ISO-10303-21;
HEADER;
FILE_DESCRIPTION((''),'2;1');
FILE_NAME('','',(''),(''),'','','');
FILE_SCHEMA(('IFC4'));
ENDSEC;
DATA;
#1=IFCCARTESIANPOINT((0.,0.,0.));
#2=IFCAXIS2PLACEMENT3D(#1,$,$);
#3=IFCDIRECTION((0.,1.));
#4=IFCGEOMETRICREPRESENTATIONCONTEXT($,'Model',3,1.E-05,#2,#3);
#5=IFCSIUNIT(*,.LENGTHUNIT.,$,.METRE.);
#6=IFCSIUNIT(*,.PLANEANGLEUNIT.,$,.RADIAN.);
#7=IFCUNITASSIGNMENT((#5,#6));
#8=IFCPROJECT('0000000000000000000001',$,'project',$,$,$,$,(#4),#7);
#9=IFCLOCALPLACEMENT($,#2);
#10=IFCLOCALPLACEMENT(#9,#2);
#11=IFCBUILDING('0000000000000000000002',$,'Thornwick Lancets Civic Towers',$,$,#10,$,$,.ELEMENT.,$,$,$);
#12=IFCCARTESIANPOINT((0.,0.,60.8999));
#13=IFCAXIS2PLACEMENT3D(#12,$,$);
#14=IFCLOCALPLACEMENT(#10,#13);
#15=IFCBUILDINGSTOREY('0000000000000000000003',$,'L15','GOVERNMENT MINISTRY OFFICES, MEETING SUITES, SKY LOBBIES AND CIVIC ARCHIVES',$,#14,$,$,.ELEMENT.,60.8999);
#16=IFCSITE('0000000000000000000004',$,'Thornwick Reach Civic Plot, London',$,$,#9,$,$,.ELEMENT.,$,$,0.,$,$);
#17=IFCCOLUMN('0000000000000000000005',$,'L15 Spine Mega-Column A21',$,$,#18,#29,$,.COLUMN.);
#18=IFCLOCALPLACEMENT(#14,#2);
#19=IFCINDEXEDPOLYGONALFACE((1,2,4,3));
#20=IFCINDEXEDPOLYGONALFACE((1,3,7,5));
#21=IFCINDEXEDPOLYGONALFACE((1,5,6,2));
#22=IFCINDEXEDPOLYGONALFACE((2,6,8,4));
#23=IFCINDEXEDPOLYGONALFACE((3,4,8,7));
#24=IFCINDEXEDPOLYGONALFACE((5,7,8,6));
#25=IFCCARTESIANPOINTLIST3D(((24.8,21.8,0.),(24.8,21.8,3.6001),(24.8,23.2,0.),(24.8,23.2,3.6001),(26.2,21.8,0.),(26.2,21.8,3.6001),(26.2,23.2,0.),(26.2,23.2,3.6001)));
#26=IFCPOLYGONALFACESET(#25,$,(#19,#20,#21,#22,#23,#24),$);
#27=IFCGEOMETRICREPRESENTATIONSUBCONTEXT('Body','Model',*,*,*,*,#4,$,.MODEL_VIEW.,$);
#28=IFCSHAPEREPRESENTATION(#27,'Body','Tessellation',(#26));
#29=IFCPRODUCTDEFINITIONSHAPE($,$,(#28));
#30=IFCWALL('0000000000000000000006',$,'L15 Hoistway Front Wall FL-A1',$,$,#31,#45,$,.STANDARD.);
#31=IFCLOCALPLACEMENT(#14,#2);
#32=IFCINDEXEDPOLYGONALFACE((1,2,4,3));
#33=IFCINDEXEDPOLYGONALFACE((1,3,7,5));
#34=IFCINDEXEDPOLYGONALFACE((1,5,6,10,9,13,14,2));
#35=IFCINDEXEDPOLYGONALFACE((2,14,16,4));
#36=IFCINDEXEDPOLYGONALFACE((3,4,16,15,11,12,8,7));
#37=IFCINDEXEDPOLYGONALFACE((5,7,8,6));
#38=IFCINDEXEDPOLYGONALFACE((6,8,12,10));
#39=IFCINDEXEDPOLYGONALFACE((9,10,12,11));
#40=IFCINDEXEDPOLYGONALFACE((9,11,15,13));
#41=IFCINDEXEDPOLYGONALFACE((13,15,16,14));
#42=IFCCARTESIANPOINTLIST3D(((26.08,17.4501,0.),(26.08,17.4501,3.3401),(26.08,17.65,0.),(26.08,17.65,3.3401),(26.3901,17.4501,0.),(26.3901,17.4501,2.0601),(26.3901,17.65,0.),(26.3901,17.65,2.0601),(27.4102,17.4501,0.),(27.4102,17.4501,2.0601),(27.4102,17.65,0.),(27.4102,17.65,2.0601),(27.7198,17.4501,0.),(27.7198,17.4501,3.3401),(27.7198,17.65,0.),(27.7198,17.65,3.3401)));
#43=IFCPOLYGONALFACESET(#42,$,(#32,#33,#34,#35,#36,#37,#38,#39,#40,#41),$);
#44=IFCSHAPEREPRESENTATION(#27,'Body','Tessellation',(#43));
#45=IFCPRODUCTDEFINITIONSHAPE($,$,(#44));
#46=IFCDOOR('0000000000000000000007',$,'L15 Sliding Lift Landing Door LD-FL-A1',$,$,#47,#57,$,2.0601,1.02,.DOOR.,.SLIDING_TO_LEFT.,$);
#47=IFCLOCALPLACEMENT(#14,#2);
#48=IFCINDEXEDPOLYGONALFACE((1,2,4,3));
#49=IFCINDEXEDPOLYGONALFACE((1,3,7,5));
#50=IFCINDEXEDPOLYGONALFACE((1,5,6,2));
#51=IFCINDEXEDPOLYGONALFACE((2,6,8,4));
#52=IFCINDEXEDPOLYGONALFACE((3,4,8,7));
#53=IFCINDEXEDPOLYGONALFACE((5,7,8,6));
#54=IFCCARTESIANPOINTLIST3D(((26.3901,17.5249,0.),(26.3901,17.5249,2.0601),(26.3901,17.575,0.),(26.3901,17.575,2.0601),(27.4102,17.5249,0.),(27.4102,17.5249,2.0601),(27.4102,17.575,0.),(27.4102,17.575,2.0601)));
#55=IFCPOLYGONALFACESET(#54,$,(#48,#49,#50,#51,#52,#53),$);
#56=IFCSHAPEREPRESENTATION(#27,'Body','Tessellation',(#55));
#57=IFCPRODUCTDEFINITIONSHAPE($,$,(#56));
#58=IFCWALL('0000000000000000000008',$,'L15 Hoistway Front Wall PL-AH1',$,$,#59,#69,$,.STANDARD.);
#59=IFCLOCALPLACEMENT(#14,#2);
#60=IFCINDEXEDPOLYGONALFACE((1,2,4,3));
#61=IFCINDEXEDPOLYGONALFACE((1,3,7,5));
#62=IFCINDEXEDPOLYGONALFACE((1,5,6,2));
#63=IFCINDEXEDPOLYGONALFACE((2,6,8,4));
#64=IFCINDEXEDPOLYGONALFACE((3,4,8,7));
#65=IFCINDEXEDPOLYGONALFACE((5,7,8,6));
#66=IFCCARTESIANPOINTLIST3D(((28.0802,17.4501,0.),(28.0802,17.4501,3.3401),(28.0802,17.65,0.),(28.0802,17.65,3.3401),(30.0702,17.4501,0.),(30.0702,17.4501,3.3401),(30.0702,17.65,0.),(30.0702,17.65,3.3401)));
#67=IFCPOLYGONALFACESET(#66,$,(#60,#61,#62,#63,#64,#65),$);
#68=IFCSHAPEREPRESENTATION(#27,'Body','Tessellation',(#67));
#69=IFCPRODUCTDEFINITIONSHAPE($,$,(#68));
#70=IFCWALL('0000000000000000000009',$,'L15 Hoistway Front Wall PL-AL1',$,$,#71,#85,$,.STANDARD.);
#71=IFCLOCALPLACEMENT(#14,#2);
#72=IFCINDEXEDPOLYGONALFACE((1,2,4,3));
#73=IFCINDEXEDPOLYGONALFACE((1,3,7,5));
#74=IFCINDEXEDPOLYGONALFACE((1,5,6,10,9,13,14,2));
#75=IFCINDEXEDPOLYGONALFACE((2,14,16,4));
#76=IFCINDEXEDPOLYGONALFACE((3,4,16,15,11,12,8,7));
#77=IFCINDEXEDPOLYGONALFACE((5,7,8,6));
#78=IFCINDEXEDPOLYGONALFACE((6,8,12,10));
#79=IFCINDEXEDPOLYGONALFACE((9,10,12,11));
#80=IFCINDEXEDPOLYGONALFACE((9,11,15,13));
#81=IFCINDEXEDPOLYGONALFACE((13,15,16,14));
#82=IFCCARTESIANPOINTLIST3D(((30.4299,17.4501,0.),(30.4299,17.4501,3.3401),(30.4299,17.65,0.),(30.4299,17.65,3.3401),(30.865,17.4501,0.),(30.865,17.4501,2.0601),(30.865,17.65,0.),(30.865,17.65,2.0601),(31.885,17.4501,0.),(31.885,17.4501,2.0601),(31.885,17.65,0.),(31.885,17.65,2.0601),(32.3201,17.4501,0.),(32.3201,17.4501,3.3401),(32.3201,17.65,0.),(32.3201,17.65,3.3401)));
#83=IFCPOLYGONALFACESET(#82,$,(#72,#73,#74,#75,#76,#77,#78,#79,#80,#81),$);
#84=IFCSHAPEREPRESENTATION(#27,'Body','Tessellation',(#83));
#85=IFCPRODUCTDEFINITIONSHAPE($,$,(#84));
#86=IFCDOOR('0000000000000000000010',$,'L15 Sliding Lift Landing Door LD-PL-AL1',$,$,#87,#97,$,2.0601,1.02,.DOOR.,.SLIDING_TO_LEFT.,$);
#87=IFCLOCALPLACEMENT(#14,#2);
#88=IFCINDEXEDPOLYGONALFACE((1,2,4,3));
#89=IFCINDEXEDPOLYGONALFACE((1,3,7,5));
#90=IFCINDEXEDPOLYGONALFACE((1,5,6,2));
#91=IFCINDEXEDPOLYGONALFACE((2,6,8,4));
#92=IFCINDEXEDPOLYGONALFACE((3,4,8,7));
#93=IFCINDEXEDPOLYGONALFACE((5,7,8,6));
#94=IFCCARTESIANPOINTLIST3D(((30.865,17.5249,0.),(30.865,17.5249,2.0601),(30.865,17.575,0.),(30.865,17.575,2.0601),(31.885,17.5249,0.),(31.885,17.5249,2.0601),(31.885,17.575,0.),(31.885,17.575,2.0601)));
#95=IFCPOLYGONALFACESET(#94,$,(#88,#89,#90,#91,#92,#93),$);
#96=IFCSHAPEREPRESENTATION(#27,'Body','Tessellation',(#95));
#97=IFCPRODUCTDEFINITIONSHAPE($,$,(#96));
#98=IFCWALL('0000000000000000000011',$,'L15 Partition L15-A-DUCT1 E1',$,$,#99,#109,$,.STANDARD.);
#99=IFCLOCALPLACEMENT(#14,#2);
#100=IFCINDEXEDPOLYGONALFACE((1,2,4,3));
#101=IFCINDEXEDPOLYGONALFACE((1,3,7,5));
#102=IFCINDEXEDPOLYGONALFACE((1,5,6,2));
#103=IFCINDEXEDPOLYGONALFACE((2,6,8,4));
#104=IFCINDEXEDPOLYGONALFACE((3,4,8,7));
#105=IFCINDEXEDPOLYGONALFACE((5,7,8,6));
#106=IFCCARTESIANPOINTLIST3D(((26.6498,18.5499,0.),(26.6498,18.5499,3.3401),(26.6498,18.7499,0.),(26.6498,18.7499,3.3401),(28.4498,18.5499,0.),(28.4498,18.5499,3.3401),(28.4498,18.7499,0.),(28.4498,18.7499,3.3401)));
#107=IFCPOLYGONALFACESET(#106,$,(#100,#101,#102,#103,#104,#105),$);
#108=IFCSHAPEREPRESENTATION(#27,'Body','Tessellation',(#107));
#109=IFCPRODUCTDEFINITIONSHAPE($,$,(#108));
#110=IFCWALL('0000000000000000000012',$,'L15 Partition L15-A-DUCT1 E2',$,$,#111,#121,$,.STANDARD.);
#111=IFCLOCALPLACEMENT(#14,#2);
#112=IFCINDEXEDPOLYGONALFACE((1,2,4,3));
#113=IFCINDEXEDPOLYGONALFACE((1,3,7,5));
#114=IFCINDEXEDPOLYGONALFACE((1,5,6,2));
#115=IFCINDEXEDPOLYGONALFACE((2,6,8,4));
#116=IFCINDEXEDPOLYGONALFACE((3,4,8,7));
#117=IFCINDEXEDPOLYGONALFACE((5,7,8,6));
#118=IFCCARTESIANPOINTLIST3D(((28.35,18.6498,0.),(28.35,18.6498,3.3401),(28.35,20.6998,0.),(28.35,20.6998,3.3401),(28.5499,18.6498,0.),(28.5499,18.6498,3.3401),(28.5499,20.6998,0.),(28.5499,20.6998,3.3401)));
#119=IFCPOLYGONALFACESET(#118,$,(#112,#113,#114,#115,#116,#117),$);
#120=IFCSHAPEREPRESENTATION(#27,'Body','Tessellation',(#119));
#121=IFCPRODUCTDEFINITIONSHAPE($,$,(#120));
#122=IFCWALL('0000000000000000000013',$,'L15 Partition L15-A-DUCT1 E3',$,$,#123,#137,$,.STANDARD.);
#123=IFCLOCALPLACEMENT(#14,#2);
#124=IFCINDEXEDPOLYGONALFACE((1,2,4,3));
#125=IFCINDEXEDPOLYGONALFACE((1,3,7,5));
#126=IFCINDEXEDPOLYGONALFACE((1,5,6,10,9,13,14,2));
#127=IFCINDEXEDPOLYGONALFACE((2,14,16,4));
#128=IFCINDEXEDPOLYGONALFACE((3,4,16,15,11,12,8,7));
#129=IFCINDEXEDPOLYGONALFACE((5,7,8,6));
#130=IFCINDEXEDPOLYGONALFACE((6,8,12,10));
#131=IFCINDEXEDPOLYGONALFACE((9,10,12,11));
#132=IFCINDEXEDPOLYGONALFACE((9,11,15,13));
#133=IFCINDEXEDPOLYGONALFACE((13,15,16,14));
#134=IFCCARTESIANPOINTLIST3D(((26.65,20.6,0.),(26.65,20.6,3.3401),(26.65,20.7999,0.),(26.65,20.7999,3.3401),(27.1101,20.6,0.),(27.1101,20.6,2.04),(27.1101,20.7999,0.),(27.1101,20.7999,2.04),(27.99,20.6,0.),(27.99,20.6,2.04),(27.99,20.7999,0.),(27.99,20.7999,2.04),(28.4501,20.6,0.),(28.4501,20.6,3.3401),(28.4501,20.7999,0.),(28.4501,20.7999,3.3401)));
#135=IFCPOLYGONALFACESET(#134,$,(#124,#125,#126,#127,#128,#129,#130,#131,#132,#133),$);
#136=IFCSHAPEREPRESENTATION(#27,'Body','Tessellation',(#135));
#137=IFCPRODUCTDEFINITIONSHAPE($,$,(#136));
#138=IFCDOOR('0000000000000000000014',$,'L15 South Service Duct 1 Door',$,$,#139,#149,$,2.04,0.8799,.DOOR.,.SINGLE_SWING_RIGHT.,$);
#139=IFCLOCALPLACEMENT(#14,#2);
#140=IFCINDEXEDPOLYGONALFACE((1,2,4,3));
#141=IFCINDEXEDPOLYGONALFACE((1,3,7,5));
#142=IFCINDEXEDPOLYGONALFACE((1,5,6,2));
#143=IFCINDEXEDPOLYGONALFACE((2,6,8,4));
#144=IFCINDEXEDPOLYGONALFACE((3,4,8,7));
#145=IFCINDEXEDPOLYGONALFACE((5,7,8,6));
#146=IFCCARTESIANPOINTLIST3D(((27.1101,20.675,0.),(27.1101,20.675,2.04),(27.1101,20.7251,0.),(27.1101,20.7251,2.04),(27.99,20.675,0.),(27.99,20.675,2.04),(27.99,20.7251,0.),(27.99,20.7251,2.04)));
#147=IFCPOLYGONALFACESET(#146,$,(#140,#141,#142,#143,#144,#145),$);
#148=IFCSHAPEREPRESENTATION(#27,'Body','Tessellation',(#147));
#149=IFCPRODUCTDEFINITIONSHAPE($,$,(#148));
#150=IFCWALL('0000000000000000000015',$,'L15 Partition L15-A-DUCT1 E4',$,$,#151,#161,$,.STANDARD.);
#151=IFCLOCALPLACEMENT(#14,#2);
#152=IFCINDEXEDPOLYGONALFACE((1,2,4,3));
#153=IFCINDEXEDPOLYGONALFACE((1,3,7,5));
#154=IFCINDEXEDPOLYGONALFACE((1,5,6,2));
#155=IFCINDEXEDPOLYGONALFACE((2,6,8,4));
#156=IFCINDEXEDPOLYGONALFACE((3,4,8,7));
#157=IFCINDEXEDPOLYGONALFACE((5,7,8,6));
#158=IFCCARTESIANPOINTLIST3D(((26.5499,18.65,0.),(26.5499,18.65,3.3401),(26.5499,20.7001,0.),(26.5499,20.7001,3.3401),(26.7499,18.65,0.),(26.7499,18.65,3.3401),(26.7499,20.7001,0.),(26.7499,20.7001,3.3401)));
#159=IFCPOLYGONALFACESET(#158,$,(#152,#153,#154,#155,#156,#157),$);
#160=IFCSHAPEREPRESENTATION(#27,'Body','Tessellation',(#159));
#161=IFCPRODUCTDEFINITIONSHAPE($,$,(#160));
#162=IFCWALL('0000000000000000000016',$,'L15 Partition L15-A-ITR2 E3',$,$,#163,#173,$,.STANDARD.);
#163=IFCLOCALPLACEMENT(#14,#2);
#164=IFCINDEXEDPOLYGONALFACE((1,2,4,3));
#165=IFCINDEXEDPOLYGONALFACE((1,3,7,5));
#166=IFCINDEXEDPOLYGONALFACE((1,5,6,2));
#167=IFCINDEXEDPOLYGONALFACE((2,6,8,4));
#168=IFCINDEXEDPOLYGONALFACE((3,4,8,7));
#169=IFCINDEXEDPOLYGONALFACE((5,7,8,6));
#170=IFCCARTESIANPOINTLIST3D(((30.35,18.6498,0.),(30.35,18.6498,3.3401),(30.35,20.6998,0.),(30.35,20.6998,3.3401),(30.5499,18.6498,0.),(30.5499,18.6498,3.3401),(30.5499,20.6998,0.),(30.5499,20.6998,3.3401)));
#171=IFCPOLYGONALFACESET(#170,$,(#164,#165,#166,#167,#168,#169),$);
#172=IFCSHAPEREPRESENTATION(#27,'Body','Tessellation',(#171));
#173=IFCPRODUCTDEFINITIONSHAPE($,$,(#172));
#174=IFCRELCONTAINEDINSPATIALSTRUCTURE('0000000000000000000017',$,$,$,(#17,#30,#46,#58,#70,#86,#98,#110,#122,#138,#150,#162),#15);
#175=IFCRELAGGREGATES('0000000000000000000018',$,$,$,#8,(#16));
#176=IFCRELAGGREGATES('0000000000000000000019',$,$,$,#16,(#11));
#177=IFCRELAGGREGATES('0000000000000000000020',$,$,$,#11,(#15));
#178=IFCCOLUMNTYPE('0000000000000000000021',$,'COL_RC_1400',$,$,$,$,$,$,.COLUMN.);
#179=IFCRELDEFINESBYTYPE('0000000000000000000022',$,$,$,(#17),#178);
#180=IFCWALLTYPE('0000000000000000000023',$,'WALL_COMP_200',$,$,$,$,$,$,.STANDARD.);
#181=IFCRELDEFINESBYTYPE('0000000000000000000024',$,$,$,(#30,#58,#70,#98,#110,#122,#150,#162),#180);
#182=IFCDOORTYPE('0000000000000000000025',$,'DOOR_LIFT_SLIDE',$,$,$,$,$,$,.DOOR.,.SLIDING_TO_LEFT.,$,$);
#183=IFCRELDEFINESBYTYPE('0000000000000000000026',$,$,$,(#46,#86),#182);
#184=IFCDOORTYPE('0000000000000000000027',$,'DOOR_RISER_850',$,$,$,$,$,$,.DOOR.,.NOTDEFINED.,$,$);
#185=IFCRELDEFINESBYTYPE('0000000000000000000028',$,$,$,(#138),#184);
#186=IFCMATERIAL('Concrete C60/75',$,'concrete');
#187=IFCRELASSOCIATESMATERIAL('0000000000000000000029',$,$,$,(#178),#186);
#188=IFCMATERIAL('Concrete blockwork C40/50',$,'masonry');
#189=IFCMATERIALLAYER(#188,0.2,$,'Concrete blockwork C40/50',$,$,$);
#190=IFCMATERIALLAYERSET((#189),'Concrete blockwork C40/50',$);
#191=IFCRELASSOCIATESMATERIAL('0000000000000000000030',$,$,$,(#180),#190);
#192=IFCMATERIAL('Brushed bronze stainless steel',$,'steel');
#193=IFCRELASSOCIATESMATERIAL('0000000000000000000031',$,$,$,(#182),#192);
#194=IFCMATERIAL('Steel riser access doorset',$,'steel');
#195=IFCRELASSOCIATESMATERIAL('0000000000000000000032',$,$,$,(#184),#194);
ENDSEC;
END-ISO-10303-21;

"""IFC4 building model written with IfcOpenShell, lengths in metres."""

from ifc_helpers import new_model, si_unit, direction, frame, frame_2d, origin, origin_2d, place, context, subcontext, project, spatial, rectangle, extrude, material, layer, layer_set, material_profile, profile_set, type_object, element, fill, save


model = new_model("IFC4")

# Units and contexts
model_context = context("Model", 3, precision=1e-05, world=origin(), true_north=direction((0.0, 1.0)))
body_context = subcontext(model_context, "Body", "Model", "MODEL_VIEW")
ifc_project = project(units=[si_unit("LENGTHUNIT", "METRE"), si_unit("PLANEANGLEUNIT", "RADIAN")], contexts=[model_context])

# Site, building, storey
site_placement = place(None, origin())
site = spatial("IfcSite", under=ifc_project, at=site_placement, Name="Thornwick Reach Civic Plot, London", CompositionType="ELEMENT", RefElevation=0.0)
building_placement = place(site_placement, origin())
building = spatial("IfcBuilding", under=site, at=building_placement, Name="Thornwick Lancets Civic Towers", CompositionType="ELEMENT")
storey_placement = place(building_placement, frame((0.0, 0.0, 60.8999)))
storey = spatial("IfcBuildingStorey", under=building, at=storey_placement, Name="L15", Description="GOVERNMENT MINISTRY OFFICES, MEETING SUITES, SKY LOBBIES AND CIVIC ARCHIVES", CompositionType="ELEMENT", Elevation=60.8999)

# Column
ifc_material_1 = material(Name="Concrete C60/75", Category="concrete")
ifc_material_profile = material_profile(ifc_material_1, rectangle(XDim=1.3999, YDim=1.3999, at=origin_2d()), Name="RC 1400x1400")
ifc_profile_set = profile_set([ifc_material_profile], Name="Concrete C60/75")
column_type = type_object("IfcColumnType", Name="COL_RC_1400", PredefinedType="COLUMN", material=ifc_profile_set)
column_placement = place(storey_placement, frame((25.5, 22.5, 0.0), z_axis=(0.0, 0.0, 1.0), x_axis=(1.0, 0.0, 0.0)))
element("IfcColumn", 1, at=column_placement, inside=storey, type_object=column_type, Name="L15 Spine Mega-Column A21", PredefinedType="COLUMN", context=body_context, shape_type="SweptSolid", body=[
    extrude(rectangle(XDim=1.3999, YDim=1.3999, at=origin_2d()), origin(), (0.0, 0.0, 1.0), 3.6001),
])

# Wall, opening, door
ifc_material_2 = material(Name="Concrete blockwork C40/50", Category="masonry")
ifc_layer_1 = layer(ifc_material_2, 0.2, Name="Concrete blockwork C40/50")
ifc_layer_set_1 = layer_set([ifc_layer_1], Name="Concrete blockwork C40/50")
wall_type_1 = type_object("IfcWallType", Name="WALL_COMP_200", PredefinedType="STANDARD", material=ifc_layer_set_1)
wall_1_placement = place(storey_placement, frame((26.0801, 17.55, 0.0), z_axis=(0.0, 0.0, 1.0), x_axis=(1.0, 0.0, 0.0)))
wall_1 = element("IfcWall", 2, at=wall_1_placement, inside=storey, type_object=wall_type_1, Name="L15 Hoistway Front Wall FL-A1", PredefinedType="STANDARD", context=body_context, shape_type="SweptSolid", body=[
    extrude(rectangle(XDim=1.6399, YDim=0.2, at=frame_2d((0.8198, 0.0))), origin(), (0.0, 0.0, 1.0), 3.3401),
])
opening_1_placement = place(wall_1_placement, frame((0.3101, 0.0, 0.0)))
opening_1 = element("IfcOpeningElement", 3, at=opening_1_placement, cuts=wall_1, PredefinedType="OPENING", context=body_context, shape_type="SweptSolid", body=[
    extrude(rectangle(XDim=1.02, YDim=2.0601, at=frame_2d((0.51, 1.03))), frame((0.0, 0.1099, 0.0), z_axis=(0.0, -1.0, 0.0), x_axis=(1.0, 0.0, 0.0)), (0.0, 0.0, 1.0), 0.22),
])
ifc_material_3 = material(Name="Brushed bronze stainless steel", Category="steel")
door_type_1 = type_object("IfcDoorType", Name="DOOR_LIFT_SLIDE", OperationType="SLIDING_TO_LEFT", PredefinedType="DOOR", material=ifc_material_3)
door_1_placement = place(opening_1_placement, origin())
door_1 = element("IfcDoor", 4, at=door_1_placement, inside=storey, type_object=door_type_1, Name="L15 Sliding Lift Landing Door LD-FL-A1", OperationType="SLIDING_TO_LEFT", OverallHeight=2.0601, OverallWidth=1.02, PredefinedType="DOOR", context=body_context, shape_type="SweptSolid", body=[
    extrude(rectangle(XDim=1.02, YDim=2.0601, at=frame_2d((0.51, 1.03))), frame((0.0, 0.0249, 0.0), z_axis=(0.0, -1.0, 0.0), x_axis=(1.0, 0.0, 0.0)), (0.0, 0.0, 1.0), 0.05),
])
fill(opening_1, door_1)

# Wall
wall_2_placement = place(storey_placement, frame((28.0801, 17.55, 0.0), z_axis=(0.0, 0.0, 1.0), x_axis=(1.0, 0.0, 0.0)))
element("IfcWall", 5, at=wall_2_placement, inside=storey, type_object=wall_type_1, Name="L15 Hoistway Front Wall PL-AH1", PredefinedType="STANDARD", context=body_context, shape_type="SweptSolid", body=[
    extrude(rectangle(XDim=1.99, YDim=0.2, at=frame_2d((0.9951, 0.0))), origin(), (0.0, 0.0, 1.0), 3.3401),
])

# Wall, opening, door
wall_3_placement = place(storey_placement, frame((30.4299, 17.55, 0.0), z_axis=(0.0, 0.0, 1.0), x_axis=(1.0, 0.0, 0.0)))
wall_3 = element("IfcWall", 6, at=wall_3_placement, inside=storey, type_object=wall_type_1, Name="L15 Hoistway Front Wall PL-AL1", PredefinedType="STANDARD", context=body_context, shape_type="SweptSolid", body=[
    extrude(rectangle(XDim=1.8901, YDim=0.2, at=frame_2d((0.9451, 0.0))), origin(), (0.0, 0.0, 1.0), 3.3401),
])
opening_2_placement = place(wall_3_placement, frame((0.4351, 0.0, 0.0)))
opening_2 = element("IfcOpeningElement", 7, at=opening_2_placement, cuts=wall_3, PredefinedType="OPENING", context=body_context, shape_type="SweptSolid", body=[
    extrude(rectangle(XDim=1.02, YDim=2.0601, at=frame_2d((0.51, 1.03))), frame((0.0, 0.1099, 0.0), z_axis=(0.0, -1.0, 0.0), x_axis=(1.0, 0.0, 0.0)), (0.0, 0.0, 1.0), 0.22),
])
door_2_placement = place(opening_2_placement, origin())
door_2 = element("IfcDoor", 8, at=door_2_placement, inside=storey, type_object=door_type_1, Name="L15 Sliding Lift Landing Door LD-PL-AL1", OperationType="SLIDING_TO_LEFT", OverallHeight=2.0601, OverallWidth=1.02, PredefinedType="DOOR", context=body_context, shape_type="SweptSolid", body=[
    extrude(rectangle(XDim=1.02, YDim=2.0601, at=frame_2d((0.51, 1.03))), frame((0.0, 0.0249, 0.0), z_axis=(0.0, -1.0, 0.0), x_axis=(1.0, 0.0, 0.0)), (0.0, 0.0, 1.0), 0.05),
])
fill(opening_2, door_2)

# Walls
wall_4_placement = place(storey_placement, frame((26.6499, 18.6499, 0.0), z_axis=(0.0, 0.0, 1.0), x_axis=(1.0, 0.0, 0.0)))
element("IfcWall", 9, at=wall_4_placement, inside=storey, type_object=wall_type_1, Name="L15 Partition L15-A-DUCT1 E1", PredefinedType="STANDARD", context=body_context, shape_type="SweptSolid", body=[
    extrude(rectangle(XDim=1.8, YDim=0.2, at=frame_2d((0.8999, 0.0))), origin(), (0.0, 0.0, 1.0), 3.3401),
])
wall_5_placement = place(storey_placement, frame((28.45, 18.6499, 0.0), z_axis=(0.0, 0.0, 1.0), x_axis=(0.0, 1.0, 0.0)))
element("IfcWall", 10, at=wall_5_placement, inside=storey, type_object=wall_type_1, Name="L15 Partition L15-A-DUCT1 E2", PredefinedType="STANDARD", context=body_context, shape_type="SweptSolid", body=[
    extrude(rectangle(XDim=2.05, YDim=0.2, at=frame_2d((1.0249, 0.0))), origin(), (0.0, 0.0, 1.0), 3.3401),
])

# Wall, opening, door
wall_6_placement = place(storey_placement, frame((28.45, 20.7, 0.0), z_axis=(0.0, 0.0, 1.0), x_axis=(-1.0, 0.0, 0.0)))
wall_6 = element("IfcWall", 11, at=wall_6_placement, inside=storey, type_object=wall_type_1, Name="L15 Partition L15-A-DUCT1 E3", PredefinedType="STANDARD", context=body_context, shape_type="SweptSolid", body=[
    extrude(rectangle(XDim=1.8, YDim=0.2, at=frame_2d((0.8999, 0.0))), origin(), (0.0, 0.0, 1.0), 3.3401),
])
opening_3_placement = place(wall_6_placement, frame((0.46, 0.0, 0.0)))
opening_3 = element("IfcOpeningElement", 12, at=opening_3_placement, cuts=wall_6, PredefinedType="OPENING", context=body_context, shape_type="SweptSolid", body=[
    extrude(rectangle(XDim=0.8799, YDim=2.04, at=frame_2d((0.4399, 1.02))), frame((0.0, 0.1099, 0.0), z_axis=(0.0, -1.0, 0.0), x_axis=(1.0, 0.0, 0.0)), (0.0, 0.0, 1.0), 0.22),
])
ifc_material_4 = material(Name="Steel riser access doorset", Category="steel")
door_type_2 = type_object("IfcDoorType", Name="DOOR_RISER_850", OperationType="NOTDEFINED", PredefinedType="DOOR", material=ifc_material_4)
door_3_placement = place(opening_3_placement, origin())
door_3 = element("IfcDoor", 13, at=door_3_placement, inside=storey, type_object=door_type_2, Name="L15 South Service Duct 1 Door", OperationType="SINGLE_SWING_RIGHT", OverallHeight=2.04, OverallWidth=0.8799, PredefinedType="DOOR", context=body_context, shape_type="SweptSolid", body=[
    extrude(rectangle(XDim=0.8799, YDim=2.04, at=frame_2d((0.4399, 1.02))), frame((0.0, 0.0249, 0.0), z_axis=(0.0, -1.0, 0.0), x_axis=(1.0, 0.0, 0.0)), (0.0, 0.0, 1.0), 0.05),
])
fill(opening_3, door_3)

# Walls
for number, where, z_axis, x_axis, name in (
    (14, (26.6499, 20.7, 0.0), (0.0, 0.0, 1.0), (0.0, -1.0, 0.0), "L15 Partition L15-A-DUCT1 E4"),
    (15, (30.45, 18.6499, 0.0), (0.0, 0.0, 1.0), (0.0, 1.0, 0.0), "L15 Partition L15-A-ITR2 E3"),
):
    element("IfcWall", number, at=place(storey_placement, frame(where, z_axis=z_axis, x_axis=x_axis)), inside=storey, type_object=wall_type_1, Name=name, PredefinedType="STANDARD", context=body_context, shape_type="SweptSolid", body=[
        extrude(rectangle(XDim=2.05, YDim=0.2, at=frame_2d((1.0249, 0.0))), origin(), (0.0, 0.0, 1.0), 3.3401),
    ])

save(model, "model.ifc")
